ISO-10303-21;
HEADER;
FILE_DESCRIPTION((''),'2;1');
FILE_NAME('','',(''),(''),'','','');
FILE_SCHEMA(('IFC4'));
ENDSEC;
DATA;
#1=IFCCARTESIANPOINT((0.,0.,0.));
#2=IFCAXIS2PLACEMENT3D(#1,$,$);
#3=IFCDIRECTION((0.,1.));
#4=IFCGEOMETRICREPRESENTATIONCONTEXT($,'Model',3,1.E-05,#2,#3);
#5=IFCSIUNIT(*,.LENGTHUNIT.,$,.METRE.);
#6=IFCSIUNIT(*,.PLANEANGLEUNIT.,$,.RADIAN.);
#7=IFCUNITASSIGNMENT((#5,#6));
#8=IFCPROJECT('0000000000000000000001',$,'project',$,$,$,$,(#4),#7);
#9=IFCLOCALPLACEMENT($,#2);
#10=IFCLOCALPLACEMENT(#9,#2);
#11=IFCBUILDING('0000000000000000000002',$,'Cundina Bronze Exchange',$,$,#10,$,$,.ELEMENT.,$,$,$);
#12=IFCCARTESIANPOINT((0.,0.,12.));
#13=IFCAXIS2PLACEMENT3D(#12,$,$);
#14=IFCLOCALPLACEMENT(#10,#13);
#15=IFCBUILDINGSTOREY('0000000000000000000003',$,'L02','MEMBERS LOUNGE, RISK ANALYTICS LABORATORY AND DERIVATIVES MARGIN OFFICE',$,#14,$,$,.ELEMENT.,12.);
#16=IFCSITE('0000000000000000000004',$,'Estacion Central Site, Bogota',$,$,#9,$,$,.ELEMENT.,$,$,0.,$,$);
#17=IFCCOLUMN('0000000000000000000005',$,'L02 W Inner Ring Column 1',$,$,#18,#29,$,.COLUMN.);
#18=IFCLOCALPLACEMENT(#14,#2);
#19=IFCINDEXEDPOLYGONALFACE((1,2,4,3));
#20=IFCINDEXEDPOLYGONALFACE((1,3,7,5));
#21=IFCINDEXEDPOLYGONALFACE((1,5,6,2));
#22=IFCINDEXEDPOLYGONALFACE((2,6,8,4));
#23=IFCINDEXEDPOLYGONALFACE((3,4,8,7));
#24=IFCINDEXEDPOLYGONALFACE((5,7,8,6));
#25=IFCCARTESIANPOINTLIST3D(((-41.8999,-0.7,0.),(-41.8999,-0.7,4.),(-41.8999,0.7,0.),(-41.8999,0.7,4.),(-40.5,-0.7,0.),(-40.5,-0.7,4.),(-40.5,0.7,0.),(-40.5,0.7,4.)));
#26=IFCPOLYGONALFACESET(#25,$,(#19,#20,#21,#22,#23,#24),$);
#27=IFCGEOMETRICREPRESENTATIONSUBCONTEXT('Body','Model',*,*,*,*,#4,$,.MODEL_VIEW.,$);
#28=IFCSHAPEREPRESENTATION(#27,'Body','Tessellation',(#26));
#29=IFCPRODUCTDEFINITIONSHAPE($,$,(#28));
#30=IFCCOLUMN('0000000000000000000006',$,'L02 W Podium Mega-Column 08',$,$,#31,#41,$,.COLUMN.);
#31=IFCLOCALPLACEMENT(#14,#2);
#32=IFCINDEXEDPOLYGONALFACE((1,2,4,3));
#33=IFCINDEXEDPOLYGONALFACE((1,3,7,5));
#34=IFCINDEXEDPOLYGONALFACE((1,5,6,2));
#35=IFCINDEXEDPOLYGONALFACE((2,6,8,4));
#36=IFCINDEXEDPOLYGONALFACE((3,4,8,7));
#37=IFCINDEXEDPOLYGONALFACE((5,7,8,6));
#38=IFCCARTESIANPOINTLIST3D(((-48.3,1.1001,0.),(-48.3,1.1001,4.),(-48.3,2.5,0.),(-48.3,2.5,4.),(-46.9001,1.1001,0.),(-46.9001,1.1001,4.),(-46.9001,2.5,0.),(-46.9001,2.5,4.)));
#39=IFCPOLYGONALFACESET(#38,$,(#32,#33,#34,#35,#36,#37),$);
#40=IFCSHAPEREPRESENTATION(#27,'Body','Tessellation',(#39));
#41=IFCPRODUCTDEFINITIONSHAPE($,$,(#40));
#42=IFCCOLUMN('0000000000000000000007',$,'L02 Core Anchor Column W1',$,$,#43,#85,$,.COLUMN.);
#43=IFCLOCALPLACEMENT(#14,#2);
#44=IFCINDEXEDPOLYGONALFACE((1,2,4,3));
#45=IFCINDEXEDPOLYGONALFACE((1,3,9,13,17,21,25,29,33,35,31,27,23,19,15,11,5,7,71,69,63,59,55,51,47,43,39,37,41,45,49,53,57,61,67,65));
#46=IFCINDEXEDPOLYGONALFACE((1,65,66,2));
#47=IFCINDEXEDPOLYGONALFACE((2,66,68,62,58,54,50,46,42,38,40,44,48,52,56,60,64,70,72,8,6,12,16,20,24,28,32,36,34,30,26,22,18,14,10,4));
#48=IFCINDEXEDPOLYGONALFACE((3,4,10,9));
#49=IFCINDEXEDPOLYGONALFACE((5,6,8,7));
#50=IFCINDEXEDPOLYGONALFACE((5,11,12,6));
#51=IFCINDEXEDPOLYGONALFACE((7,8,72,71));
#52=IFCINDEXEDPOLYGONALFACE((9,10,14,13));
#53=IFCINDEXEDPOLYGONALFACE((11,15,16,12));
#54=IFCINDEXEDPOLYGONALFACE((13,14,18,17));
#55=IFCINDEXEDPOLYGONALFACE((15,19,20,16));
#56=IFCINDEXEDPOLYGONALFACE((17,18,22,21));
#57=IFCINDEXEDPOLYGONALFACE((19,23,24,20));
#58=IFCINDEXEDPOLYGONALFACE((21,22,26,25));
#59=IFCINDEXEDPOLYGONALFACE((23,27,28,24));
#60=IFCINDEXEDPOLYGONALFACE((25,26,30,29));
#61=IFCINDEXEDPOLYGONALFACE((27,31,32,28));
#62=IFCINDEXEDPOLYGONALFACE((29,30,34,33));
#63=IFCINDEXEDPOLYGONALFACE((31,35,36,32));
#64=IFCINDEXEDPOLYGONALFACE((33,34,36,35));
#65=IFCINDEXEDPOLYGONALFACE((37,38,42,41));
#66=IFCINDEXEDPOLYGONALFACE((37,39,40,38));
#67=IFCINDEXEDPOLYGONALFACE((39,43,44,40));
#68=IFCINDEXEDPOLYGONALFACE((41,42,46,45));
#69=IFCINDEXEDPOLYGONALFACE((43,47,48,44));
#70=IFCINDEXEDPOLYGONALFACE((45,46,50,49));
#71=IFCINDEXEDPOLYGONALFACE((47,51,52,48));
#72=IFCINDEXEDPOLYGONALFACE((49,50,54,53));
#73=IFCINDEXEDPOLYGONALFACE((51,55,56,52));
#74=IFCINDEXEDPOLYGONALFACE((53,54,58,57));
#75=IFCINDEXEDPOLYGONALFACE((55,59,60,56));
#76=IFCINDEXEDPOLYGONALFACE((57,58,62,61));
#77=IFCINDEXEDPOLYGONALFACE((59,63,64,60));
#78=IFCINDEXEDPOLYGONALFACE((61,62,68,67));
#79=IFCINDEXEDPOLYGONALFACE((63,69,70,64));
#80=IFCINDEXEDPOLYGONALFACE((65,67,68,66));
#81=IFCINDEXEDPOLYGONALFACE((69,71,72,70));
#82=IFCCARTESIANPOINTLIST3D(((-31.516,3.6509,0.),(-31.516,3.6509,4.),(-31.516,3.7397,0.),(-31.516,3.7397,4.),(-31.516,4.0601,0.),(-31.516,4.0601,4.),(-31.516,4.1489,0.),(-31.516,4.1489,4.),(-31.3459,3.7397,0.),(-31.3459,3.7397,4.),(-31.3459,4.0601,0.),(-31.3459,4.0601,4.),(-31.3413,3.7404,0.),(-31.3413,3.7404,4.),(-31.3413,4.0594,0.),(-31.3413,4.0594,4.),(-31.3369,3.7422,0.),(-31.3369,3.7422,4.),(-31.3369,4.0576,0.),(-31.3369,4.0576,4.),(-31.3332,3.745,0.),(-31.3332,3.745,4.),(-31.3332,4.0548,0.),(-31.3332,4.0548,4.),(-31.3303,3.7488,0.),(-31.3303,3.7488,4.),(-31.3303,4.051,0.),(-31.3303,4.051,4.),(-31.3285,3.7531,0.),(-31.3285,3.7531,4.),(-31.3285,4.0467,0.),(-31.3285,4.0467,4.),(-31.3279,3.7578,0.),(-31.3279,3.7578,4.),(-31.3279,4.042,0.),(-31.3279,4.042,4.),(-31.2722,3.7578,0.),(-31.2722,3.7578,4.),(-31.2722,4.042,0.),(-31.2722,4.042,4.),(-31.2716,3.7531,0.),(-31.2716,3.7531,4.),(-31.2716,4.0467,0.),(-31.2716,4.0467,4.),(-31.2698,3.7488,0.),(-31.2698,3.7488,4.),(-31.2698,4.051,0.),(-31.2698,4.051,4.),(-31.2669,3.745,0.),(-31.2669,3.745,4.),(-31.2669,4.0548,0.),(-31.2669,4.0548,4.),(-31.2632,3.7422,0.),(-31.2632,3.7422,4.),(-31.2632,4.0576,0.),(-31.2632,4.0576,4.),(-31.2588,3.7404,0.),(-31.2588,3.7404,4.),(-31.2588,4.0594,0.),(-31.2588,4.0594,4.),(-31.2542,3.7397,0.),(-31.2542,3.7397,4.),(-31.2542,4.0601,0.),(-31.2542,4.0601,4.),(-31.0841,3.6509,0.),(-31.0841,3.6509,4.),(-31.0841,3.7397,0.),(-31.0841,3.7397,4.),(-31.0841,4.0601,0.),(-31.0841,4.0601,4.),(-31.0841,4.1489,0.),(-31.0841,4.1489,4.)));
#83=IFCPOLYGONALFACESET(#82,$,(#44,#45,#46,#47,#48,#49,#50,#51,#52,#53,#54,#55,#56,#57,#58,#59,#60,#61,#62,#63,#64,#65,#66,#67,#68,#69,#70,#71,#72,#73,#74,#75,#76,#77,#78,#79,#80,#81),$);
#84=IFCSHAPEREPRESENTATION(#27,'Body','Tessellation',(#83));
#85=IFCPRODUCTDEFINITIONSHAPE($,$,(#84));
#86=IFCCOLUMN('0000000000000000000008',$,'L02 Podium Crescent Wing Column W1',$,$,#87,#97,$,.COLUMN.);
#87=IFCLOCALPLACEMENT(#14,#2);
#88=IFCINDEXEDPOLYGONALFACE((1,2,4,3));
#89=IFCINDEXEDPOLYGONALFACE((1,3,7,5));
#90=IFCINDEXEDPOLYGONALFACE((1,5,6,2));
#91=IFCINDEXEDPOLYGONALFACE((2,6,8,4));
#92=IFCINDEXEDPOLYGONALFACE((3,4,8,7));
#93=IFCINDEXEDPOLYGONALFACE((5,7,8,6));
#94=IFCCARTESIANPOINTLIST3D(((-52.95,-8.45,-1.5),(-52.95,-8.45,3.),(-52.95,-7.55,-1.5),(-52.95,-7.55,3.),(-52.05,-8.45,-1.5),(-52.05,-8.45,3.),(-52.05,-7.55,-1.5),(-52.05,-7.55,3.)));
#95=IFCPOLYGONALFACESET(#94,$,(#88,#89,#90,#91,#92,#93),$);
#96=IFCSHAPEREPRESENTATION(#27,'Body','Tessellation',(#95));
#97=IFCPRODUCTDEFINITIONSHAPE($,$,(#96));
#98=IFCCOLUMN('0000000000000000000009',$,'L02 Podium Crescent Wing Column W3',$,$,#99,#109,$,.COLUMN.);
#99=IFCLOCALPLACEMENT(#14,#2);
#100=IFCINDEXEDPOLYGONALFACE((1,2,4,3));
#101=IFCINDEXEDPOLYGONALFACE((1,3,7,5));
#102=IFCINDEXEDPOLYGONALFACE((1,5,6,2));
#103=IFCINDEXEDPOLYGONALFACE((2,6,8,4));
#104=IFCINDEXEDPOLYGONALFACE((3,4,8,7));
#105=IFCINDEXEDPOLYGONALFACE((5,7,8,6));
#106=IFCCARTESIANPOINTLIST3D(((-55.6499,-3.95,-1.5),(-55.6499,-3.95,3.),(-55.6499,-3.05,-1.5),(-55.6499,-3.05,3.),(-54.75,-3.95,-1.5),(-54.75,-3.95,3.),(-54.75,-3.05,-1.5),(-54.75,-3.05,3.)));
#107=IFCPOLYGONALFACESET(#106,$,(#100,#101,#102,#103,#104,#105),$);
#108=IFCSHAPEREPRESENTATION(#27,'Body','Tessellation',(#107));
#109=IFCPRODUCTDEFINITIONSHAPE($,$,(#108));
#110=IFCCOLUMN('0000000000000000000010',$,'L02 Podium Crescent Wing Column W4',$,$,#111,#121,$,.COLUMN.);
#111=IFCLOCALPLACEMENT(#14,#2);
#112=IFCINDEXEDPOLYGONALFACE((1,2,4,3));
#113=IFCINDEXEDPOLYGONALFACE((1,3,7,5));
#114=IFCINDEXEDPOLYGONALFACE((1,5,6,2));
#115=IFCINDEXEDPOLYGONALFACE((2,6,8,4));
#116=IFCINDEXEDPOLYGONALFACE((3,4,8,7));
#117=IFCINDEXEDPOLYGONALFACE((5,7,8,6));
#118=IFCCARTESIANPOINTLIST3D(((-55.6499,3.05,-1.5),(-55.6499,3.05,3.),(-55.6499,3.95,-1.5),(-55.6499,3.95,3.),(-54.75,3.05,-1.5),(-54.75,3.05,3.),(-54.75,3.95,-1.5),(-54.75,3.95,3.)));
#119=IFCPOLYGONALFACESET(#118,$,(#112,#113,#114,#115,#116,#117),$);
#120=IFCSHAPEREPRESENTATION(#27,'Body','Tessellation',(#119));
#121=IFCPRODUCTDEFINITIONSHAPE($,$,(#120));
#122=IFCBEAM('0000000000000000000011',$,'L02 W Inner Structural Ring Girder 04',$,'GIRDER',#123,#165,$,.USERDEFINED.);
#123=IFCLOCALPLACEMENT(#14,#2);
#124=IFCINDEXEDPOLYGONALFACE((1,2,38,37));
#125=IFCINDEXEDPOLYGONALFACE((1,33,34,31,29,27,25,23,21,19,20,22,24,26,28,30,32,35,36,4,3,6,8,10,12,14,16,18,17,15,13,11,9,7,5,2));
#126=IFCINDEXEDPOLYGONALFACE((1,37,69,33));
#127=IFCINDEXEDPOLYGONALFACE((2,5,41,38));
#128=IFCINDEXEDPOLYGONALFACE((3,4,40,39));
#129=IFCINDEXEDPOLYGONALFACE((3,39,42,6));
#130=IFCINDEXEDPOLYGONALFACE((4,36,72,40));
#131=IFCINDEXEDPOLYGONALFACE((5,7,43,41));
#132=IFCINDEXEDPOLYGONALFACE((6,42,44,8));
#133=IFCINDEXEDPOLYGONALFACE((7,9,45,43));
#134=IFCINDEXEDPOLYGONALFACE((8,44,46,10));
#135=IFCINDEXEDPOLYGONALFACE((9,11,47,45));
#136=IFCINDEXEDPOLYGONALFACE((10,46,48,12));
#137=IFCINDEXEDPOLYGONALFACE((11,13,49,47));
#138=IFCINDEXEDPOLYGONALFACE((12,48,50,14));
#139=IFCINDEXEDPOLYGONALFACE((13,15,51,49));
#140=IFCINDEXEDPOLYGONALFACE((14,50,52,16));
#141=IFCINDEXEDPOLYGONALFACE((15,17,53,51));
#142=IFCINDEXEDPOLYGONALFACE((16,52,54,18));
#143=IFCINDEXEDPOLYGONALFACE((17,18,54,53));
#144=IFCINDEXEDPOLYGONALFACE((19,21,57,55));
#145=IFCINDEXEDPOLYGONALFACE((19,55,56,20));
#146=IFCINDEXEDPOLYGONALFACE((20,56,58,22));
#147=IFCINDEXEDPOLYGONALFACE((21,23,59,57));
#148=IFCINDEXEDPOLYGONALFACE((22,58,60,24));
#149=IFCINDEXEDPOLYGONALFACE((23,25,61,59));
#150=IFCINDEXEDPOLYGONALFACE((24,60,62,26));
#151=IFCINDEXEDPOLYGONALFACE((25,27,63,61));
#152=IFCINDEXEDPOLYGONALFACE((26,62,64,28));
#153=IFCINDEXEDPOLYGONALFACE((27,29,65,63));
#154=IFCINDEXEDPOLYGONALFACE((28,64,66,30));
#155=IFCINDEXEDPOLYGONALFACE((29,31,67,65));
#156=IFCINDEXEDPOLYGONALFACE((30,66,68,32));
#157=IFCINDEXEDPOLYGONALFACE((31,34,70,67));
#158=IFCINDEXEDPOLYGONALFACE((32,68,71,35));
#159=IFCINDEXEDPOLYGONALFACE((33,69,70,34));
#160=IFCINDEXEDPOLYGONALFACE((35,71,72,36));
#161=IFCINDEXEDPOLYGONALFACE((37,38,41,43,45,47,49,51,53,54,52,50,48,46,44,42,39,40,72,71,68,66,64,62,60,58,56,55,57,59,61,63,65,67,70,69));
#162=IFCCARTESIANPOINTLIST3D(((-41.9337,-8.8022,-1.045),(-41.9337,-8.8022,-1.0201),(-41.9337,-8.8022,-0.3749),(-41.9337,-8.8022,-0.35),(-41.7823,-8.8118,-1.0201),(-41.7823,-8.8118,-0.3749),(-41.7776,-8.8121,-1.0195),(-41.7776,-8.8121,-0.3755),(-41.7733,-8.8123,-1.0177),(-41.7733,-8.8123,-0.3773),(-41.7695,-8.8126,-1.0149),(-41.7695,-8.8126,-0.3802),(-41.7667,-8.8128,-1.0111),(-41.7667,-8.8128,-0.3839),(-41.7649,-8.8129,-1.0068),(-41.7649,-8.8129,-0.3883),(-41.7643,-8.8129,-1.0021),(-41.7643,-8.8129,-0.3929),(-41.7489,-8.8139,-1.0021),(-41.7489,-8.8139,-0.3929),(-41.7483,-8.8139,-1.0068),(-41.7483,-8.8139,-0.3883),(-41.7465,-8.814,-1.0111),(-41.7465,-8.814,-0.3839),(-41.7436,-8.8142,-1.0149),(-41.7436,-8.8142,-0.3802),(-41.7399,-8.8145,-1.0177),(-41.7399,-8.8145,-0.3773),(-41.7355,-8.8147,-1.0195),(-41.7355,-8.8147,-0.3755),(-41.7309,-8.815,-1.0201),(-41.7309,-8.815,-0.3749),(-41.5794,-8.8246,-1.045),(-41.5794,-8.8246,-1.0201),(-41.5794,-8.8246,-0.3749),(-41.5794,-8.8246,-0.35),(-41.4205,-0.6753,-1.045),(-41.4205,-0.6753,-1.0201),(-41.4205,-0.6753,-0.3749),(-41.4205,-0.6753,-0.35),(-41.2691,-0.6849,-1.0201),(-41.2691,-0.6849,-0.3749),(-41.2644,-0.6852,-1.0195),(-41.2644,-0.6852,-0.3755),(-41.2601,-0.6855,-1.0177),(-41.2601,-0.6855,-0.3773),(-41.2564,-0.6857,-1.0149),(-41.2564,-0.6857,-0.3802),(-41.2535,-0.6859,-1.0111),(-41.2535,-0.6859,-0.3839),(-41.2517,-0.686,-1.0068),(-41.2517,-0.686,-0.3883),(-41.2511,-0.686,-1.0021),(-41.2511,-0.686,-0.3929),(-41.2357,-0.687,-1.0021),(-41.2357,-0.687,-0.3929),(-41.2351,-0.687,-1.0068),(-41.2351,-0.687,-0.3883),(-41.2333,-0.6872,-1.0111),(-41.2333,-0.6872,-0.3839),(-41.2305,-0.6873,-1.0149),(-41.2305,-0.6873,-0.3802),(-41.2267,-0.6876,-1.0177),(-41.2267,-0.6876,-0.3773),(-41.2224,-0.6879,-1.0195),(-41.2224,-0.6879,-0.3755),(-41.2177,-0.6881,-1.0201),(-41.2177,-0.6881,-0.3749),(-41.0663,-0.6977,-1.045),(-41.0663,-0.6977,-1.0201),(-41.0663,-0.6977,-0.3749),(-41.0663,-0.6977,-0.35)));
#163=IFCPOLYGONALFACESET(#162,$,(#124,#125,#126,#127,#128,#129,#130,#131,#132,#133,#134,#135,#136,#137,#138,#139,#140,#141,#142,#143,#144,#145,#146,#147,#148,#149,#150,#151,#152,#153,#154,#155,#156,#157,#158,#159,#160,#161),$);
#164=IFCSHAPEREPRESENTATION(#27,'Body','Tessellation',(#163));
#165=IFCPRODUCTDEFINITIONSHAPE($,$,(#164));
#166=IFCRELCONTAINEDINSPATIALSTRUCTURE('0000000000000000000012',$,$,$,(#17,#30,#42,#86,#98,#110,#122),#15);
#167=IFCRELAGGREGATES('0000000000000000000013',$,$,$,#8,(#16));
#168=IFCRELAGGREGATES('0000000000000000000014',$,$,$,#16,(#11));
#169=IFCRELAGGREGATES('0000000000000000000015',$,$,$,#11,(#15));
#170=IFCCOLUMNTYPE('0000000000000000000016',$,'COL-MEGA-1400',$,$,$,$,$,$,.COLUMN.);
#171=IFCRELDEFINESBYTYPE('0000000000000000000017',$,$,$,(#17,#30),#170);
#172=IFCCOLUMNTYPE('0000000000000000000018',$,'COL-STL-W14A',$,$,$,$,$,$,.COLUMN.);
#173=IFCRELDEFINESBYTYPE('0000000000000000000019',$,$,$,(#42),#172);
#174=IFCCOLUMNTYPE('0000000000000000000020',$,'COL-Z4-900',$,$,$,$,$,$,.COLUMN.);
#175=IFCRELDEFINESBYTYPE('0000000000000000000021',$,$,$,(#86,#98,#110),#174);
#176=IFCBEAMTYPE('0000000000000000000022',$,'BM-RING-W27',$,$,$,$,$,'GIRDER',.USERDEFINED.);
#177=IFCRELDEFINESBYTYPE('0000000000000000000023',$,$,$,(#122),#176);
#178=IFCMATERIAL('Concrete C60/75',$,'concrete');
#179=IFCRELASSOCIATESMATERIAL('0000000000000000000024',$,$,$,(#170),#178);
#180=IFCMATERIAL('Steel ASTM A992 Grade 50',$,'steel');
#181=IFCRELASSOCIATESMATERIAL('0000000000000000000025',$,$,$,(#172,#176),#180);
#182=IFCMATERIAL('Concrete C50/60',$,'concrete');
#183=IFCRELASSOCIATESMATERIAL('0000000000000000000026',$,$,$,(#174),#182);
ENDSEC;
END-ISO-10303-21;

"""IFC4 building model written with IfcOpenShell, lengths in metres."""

from ifc_helpers import new_model, si_unit, direction, frame, origin, origin_2d, place, context, subcontext, project, spatial, rectangle, i_section, extrude, material, material_profile, profile_set, type_object, element, save


model = new_model("IFC4")

# Units and contexts
model_context = context("Model", 3, precision=1e-05, world=origin(), true_north=direction((0.0, 1.0)))
body_context = subcontext(model_context, "Body", "Model", "MODEL_VIEW")
ifc_project = project(units=[si_unit("LENGTHUNIT", "METRE"), si_unit("PLANEANGLEUNIT", "RADIAN")], contexts=[model_context])

# Site, building, storey
site_placement = place(None, origin())
site = spatial("IfcSite", under=ifc_project, at=site_placement, Name="Estacion Central Site, Bogota", CompositionType="ELEMENT", RefElevation=0.0)
building_placement = place(site_placement, origin())
building = spatial("IfcBuilding", under=site, at=building_placement, Name="Cundina Bronze Exchange", CompositionType="ELEMENT")
storey_placement = place(building_placement, frame((0.0, 0.0, 12.0)))
storey = spatial("IfcBuildingStorey", under=building, at=storey_placement, Name="L02", Description="MEMBERS LOUNGE, RISK ANALYTICS LABORATORY AND DERIVATIVES MARGIN OFFICE", CompositionType="ELEMENT", Elevation=12.0)

# Columns
ifc_material_1 = material(Name="Concrete C60/75", Category="concrete")
ifc_material_profile_1 = material_profile(ifc_material_1, rectangle(XDim=1.3999, YDim=1.3999, at=origin_2d()), Name="RC1400X1400", Category="concrete")
ifc_profile_set_1 = profile_set([ifc_material_profile_1], Name="Concrete C60/75")
column_type_1 = type_object("IfcColumnType", Name="COL-MEGA-1400", PredefinedType="COLUMN", material=ifc_profile_set_1)
for number, where, z_axis, x_axis, name in (
    (1, (-41.2, 0.0, 0.0), (0.0, 0.0, 1.0), (1.0, 0.0, 0.0), "L02 W Inner Ring Column 1"),
    (2, (-47.6001, 1.8, 0.0), (0.0, 0.0, 1.0), (1.0, 0.0, 0.0), "L02 W Podium Mega-Column 08"),
):
    element("IfcColumn", number, at=place(storey_placement, frame(where, z_axis=z_axis, x_axis=x_axis)), inside=storey, type_object=column_type_1, Name=name, PredefinedType="COLUMN", context=body_context, shape_type="SweptSolid", body=[
        extrude(rectangle(XDim=1.3999, YDim=1.3999, at=origin_2d()), origin(), (0.0, 0.0, 1.0), 4.0),
    ])
ifc_material_2 = material(Name="Steel ASTM A992 Grade 50", Category="steel")
ifc_material_profile_2 = material_profile(ifc_material_2, i_section(OverallWidth=0.4319, OverallDepth=0.498, WebThickness=0.0557, FlangeThickness=0.0889, FilletRadius=0.0181, at=origin_2d()), Name="W14X500", Category="steel")
ifc_profile_set_2 = profile_set([ifc_material_profile_2], Name="Steel ASTM A992 Grade 50")
column_type_2 = type_object("IfcColumnType", Name="COL-STL-W14A", PredefinedType="COLUMN", material=ifc_profile_set_2)
column_placement = place(storey_placement, frame((-31.3, 3.8999, 0.0), z_axis=(0.0, 0.0, 1.0), x_axis=(1.0, 0.0, 0.0)))
element("IfcColumn", 3, at=column_placement, inside=storey, type_object=column_type_2, Name="L02 Core Anchor Column W1", PredefinedType="COLUMN", context=body_context, shape_type="SweptSolid", body=[
    extrude(i_section(OverallWidth=0.4319, OverallDepth=0.498, WebThickness=0.0557, FlangeThickness=0.0889, FilletRadius=0.0181, at=origin_2d()), origin(), (0.0, 0.0, 1.0), 4.0),
])
ifc_material_3 = material(Name="Concrete C50/60", Category="concrete")
ifc_material_profile_3 = material_profile(ifc_material_3, rectangle(XDim=0.8999, YDim=0.8999, at=origin_2d()), Name="RC900X900", Category="concrete")
ifc_profile_set_3 = profile_set([ifc_material_profile_3], Name="Concrete C50/60")
column_type_3 = type_object("IfcColumnType", Name="COL-Z4-900", PredefinedType="COLUMN", material=ifc_profile_set_3)
for number, where, z_axis, x_axis, name in (
    (4, (-52.5, -8.0, -1.5), (0.0, 0.0, 1.0), (1.0, 0.0, 0.0), "L02 Podium Crescent Wing Column W1"),
    (5, (-55.2, -3.5, -1.5), (0.0, 0.0, 1.0), (1.0, 0.0, 0.0), "L02 Podium Crescent Wing Column W3"),
    (6, (-55.2, 3.5, -1.5), (0.0, 0.0, 1.0), (1.0, 0.0, 0.0), "L02 Podium Crescent Wing Column W4"),
):
    element("IfcColumn", number, at=place(storey_placement, frame(where, z_axis=z_axis, x_axis=x_axis)), inside=storey, type_object=column_type_3, Name=name, PredefinedType="COLUMN", context=body_context, shape_type="SweptSolid", body=[
        extrude(rectangle(XDim=0.8999, YDim=0.8999, at=origin_2d()), origin(), (0.0, 0.0, 1.0), 4.5),
    ])

# Beam
ifc_material_profile_4 = material_profile(ifc_material_2, i_section(OverallWidth=0.355, OverallDepth=0.6951, WebThickness=0.0154, FlangeThickness=0.0249, FilletRadius=0.0181, at=origin_2d()), Name="W27X146", Category="steel")
ifc_profile_set_4 = profile_set([ifc_material_profile_4], Name="Steel ASTM A992 Grade 50")
beam_type_1 = type_object("IfcBeamType", Name="BM-RING-W27", ElementType="GIRDER", PredefinedType="USERDEFINED", material=ifc_profile_set_4)
beam_1_placement = place(storey_placement, frame((-41.2434, -0.6865, -0.6975), z_axis=(-0.06302, -0.998012, 0.0), x_axis=(0.998012, -0.06302, 0.0)))
element("IfcBeam", 7, at=beam_1_placement, inside=storey, type_object=beam_type_1, Name="L02 W Inner Structural Ring Girder 04", ObjectType="GIRDER", PredefinedType="USERDEFINED", context=body_context, shape_type="SweptSolid", body=[
    extrude(i_section(OverallWidth=0.355, OverallDepth=0.6951, WebThickness=0.0154, FlangeThickness=0.0249, FilletRadius=0.0181, at=origin_2d()), origin(), (0.0, 0.0, 1.0), 8.1431),
])

save(model, "model.ifc")
